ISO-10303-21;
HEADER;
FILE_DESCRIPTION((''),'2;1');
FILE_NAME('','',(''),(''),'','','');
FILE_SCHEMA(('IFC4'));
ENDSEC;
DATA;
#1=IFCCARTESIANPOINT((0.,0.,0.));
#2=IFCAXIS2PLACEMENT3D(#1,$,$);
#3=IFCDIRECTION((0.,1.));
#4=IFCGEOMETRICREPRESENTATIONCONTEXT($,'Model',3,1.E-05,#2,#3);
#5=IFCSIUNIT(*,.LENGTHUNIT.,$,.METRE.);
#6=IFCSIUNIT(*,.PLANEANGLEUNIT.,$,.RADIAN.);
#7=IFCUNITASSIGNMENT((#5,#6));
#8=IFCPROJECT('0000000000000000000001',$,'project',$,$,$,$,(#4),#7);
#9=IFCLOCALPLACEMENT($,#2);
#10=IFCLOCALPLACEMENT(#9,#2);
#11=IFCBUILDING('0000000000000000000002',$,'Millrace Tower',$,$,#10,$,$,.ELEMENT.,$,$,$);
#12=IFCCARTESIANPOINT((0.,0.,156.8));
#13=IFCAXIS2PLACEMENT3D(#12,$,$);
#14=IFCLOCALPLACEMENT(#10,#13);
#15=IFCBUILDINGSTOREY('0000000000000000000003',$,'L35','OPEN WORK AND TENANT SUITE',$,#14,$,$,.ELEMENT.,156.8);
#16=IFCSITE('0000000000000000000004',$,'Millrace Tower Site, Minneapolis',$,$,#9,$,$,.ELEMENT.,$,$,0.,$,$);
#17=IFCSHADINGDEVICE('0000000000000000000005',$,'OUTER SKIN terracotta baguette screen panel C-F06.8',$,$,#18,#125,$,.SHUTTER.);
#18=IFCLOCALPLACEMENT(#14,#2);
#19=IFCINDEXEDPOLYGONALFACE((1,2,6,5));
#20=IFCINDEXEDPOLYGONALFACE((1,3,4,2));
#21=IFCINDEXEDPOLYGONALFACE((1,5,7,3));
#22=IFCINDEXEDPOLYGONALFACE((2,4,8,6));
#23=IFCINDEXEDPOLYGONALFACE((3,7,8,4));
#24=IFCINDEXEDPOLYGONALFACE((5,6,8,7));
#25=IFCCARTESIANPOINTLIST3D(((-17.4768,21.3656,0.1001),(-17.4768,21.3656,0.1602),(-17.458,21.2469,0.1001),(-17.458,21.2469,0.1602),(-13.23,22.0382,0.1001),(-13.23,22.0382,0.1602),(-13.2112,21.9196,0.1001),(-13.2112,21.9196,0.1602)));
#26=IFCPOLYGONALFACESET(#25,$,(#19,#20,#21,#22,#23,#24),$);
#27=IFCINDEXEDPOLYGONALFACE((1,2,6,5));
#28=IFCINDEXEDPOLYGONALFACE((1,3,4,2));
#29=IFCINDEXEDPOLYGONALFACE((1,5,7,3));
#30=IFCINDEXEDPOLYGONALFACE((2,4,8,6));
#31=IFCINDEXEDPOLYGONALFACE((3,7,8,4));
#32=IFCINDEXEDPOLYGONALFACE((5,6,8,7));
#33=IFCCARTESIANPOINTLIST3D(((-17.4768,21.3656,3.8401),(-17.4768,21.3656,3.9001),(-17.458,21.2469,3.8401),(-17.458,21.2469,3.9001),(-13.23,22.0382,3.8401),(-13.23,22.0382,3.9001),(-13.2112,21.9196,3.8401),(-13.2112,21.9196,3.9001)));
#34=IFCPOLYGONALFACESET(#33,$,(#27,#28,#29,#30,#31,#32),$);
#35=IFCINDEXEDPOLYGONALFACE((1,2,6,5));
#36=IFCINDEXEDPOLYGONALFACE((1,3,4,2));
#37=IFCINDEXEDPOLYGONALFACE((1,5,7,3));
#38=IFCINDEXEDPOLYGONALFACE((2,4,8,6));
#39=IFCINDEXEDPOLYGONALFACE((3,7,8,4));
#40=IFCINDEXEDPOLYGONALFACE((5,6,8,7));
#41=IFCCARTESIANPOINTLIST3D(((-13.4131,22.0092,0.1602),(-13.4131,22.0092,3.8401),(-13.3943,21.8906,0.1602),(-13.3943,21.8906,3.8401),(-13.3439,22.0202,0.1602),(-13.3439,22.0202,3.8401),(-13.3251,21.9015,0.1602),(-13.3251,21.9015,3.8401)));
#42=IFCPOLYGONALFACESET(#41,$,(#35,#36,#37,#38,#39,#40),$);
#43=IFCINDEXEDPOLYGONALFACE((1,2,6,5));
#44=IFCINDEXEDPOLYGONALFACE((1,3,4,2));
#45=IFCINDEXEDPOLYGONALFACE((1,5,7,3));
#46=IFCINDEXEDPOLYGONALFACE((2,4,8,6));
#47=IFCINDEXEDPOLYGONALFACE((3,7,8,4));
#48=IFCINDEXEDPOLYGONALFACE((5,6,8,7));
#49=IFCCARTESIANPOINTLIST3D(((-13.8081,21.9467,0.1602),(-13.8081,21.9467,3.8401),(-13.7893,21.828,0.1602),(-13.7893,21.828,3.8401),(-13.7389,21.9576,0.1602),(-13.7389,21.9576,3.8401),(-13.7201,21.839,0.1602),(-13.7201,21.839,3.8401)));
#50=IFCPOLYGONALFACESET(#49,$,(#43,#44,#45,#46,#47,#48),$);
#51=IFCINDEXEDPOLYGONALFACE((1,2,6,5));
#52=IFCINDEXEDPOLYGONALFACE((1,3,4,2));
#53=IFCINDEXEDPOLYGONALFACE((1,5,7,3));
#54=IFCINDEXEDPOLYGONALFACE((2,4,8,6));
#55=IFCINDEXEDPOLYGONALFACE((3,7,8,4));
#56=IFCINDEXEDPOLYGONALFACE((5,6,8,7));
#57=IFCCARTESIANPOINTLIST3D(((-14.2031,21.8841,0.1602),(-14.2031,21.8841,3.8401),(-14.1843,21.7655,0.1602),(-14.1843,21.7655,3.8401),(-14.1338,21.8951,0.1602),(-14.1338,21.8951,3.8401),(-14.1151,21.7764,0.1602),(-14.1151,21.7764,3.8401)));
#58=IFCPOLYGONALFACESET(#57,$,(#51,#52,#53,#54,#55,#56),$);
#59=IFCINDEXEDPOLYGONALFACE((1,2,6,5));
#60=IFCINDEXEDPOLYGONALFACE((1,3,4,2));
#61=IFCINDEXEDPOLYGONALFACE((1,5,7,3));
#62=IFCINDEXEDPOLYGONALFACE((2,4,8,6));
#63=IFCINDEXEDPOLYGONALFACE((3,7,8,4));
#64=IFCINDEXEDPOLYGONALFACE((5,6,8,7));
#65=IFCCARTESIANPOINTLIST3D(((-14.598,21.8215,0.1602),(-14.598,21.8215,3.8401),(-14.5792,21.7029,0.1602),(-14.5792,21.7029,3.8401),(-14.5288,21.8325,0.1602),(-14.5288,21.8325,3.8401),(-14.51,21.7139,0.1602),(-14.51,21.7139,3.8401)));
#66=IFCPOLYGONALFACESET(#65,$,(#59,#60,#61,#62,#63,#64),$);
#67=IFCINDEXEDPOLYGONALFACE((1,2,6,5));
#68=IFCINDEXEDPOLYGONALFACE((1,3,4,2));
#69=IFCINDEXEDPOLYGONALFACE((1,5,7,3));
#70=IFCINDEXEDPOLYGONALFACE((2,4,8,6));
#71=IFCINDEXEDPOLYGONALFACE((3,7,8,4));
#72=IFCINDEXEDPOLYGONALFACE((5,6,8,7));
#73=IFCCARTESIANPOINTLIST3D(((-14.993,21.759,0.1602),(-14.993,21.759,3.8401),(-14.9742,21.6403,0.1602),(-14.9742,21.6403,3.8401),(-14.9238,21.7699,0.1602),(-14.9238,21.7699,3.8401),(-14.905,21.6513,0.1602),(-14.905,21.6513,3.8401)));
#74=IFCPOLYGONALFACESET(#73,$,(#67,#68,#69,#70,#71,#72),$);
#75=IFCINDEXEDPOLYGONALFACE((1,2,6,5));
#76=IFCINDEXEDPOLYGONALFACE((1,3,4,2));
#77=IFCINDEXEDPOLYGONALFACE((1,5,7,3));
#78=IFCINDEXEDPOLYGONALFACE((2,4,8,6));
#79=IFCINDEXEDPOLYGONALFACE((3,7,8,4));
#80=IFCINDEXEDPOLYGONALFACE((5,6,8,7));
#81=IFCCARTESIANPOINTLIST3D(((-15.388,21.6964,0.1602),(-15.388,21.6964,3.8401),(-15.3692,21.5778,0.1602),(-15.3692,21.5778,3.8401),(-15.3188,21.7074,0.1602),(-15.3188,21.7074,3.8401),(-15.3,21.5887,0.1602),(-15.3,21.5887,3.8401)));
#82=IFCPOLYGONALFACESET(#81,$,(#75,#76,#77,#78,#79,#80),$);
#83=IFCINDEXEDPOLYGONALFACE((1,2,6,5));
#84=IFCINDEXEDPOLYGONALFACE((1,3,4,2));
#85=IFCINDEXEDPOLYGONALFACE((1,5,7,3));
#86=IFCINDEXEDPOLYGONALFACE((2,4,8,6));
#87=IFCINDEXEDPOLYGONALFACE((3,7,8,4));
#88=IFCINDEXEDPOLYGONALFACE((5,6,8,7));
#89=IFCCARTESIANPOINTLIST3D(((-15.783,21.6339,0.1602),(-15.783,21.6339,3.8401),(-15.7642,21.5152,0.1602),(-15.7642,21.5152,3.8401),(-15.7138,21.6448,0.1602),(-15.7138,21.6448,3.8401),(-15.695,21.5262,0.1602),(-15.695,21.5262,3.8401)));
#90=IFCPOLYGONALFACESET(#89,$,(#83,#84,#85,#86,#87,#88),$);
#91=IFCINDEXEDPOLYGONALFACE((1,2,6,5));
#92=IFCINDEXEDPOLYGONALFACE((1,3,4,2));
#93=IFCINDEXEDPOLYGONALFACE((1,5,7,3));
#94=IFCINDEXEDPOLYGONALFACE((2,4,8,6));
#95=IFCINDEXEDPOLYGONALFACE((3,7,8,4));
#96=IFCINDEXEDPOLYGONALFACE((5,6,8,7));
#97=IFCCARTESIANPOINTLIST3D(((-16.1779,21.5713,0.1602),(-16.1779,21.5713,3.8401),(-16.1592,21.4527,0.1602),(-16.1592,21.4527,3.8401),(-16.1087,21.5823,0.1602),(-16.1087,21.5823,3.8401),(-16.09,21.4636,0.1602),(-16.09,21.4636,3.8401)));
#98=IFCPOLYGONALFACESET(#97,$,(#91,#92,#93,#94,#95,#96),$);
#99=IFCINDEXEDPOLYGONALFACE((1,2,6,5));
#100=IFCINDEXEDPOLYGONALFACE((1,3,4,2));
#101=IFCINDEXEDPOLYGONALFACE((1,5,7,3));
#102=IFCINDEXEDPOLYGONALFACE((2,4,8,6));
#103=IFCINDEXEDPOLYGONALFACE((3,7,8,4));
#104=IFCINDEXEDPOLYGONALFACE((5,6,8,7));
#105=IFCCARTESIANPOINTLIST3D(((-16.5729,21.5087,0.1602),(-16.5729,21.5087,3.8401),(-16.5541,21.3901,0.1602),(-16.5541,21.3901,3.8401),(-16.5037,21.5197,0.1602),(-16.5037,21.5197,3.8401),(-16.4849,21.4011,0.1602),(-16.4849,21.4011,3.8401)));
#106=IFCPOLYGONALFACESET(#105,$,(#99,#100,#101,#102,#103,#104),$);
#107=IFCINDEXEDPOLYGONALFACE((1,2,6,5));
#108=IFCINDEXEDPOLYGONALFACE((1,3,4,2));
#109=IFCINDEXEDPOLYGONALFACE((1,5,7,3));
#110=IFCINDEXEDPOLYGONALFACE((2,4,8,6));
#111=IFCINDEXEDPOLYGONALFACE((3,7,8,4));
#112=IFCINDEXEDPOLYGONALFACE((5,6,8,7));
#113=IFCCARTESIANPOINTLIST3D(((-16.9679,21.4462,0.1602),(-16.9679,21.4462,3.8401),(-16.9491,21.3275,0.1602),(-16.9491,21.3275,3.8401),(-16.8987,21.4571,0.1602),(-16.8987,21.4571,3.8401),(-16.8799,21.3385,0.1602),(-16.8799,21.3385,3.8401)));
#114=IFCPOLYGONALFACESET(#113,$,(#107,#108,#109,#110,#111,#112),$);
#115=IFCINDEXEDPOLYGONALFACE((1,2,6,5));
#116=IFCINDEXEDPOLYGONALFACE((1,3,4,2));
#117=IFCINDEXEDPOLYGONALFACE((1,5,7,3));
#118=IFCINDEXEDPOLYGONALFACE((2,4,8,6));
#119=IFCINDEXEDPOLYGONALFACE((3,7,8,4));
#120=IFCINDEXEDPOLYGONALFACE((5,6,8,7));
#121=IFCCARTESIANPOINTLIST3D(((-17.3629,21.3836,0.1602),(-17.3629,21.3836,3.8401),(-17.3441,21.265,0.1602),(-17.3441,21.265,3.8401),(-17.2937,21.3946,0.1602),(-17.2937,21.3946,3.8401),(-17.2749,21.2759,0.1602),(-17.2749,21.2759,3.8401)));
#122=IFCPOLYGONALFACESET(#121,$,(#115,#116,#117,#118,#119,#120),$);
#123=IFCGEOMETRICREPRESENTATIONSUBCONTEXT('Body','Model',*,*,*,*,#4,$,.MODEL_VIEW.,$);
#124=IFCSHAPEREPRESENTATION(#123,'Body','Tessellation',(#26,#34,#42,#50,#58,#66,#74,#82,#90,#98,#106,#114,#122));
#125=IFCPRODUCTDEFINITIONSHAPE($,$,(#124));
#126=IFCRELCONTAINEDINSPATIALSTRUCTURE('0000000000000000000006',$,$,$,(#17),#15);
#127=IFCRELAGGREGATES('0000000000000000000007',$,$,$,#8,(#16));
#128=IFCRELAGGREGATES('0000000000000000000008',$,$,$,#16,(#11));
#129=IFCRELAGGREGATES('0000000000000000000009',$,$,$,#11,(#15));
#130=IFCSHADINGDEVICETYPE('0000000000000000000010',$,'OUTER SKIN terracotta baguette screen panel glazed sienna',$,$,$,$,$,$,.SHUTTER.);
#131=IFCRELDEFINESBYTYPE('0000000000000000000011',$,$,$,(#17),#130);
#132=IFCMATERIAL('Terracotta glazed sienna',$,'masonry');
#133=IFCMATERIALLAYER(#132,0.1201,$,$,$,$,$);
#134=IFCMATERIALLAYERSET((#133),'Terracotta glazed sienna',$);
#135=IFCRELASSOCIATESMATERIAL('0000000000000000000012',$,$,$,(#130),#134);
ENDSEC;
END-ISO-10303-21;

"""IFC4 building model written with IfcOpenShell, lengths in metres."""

from ifc_helpers import new_model, entity, si_unit, direction, frame, frame_2d, origin, origin_2d, place, context, subcontext, project, spatial, rectangle, extrude, source, transform, mapped, material, layer, layer_set, type_object, element, save


model = new_model("IFC4")

# Units and contexts
model_context = context("Model", 3, precision=1e-05, world=origin(), true_north=direction((0.0, 1.0)))
body_context = subcontext(model_context, "Body", "Model", "MODEL_VIEW")
ifc_project = project(units=[si_unit("LENGTHUNIT", "METRE"), si_unit("PLANEANGLEUNIT", "RADIAN")], contexts=[model_context])

# Site, building, storey
site_placement = place(None, origin())
site = spatial("IfcSite", under=ifc_project, at=site_placement, Name="Millrace Tower Site, Minneapolis", CompositionType="ELEMENT", RefElevation=0.0)
building_placement = place(site_placement, origin())
building = spatial("IfcBuilding", under=site, at=building_placement, Name="Millrace Tower", CompositionType="ELEMENT")
storey_placement = place(building_placement, frame((0.0, 0.0, 156.8)))
storey = spatial("IfcBuildingStorey", under=building, at=storey_placement, Name="L35", Description="OPEN WORK AND TENANT SUITE", CompositionType="ELEMENT", Elevation=156.8)

# Shading device
ifc_material_1 = material(Name="Terracotta glazed sienna", Category="masonry")
ifc_layer_1 = layer(ifc_material_1, 0.1201)
ifc_layer_set_1 = layer_set([ifc_layer_1], Name="Terracotta glazed sienna")
shading_device_type = type_object("IfcShadingDeviceType", Name="OUTER SKIN terracotta baguette screen panel glazed sienna", PredefinedType="SHUTTER", material=ifc_layer_set_1)
cartesian_point_1 = entity("IfcCartesianPoint", [-2.1499, 0.0601])
shared_polyline_1 = entity("IfcPolyline", [cartesian_point_1, entity("IfcCartesianPoint", [2.1499, 0.0601]), entity("IfcCartesianPoint", [2.1499, -0.0601]), entity("IfcCartesianPoint", [-2.1499, -0.0601]), cartesian_point_1])
shared_shape_1 = source(origin(), body_context, "Body", "SweptSolid", [
    entity("IfcExtrudedAreaSolid", entity("IfcArbitraryClosedProfileDef", "AREA", None, shared_polyline_1), entity("IfcAxis2Placement3D", entity("IfcCartesianPoint", [0.0, 0.0, 0.0])), entity("IfcDirection", [0.0, 0.0, 1.0]), 0.0601),
    entity("IfcExtrudedAreaSolid", entity("IfcArbitraryClosedProfileDef", "AREA", None, shared_polyline_1), entity("IfcAxis2Placement3D", entity("IfcCartesianPoint", [0.0, 0.0, 3.74])), entity("IfcDirection", [0.0, 0.0, 1.0]), 0.0601),
    extrude(rectangle(XDim=0.0701, YDim=0.1201, at=frame_2d((-1.9995, 0.0))), frame((0.0, 0.0, 0.0601)), (0.0, 0.0, 1.0), 3.6799),
    extrude(rectangle(XDim=0.0701, YDim=0.1201, at=frame_2d((-1.5996, 0.0))), frame((0.0, 0.0, 0.0601)), (0.0, 0.0, 1.0), 3.6799),
    extrude(rectangle(XDim=0.0701, YDim=0.1201, at=frame_2d((-1.1997, 0.0))), frame((0.0, 0.0, 0.0601)), (0.0, 0.0, 1.0), 3.6799),
    extrude(rectangle(XDim=0.0701, YDim=0.1201, at=frame_2d((-0.7998, 0.0))), frame((0.0, 0.0, 0.0601)), (0.0, 0.0, 1.0), 3.6799),
    extrude(rectangle(XDim=0.0701, YDim=0.1201, at=frame_2d((-0.3999, 0.0))), frame((0.0, 0.0, 0.0601)), (0.0, 0.0, 1.0), 3.6799),
    extrude(rectangle(XDim=0.0701, YDim=0.1201, at=origin_2d()), frame((0.0, 0.0, 0.0601)), (0.0, 0.0, 1.0), 3.6799),
    extrude(rectangle(XDim=0.0701, YDim=0.1201, at=frame_2d((0.3999, 0.0))), frame((0.0, 0.0, 0.0601)), (0.0, 0.0, 1.0), 3.6799),
    extrude(rectangle(XDim=0.0701, YDim=0.1201, at=frame_2d((0.7998, 0.0))), frame((0.0, 0.0, 0.0601)), (0.0, 0.0, 1.0), 3.6799),
    extrude(rectangle(XDim=0.0701, YDim=0.1201, at=frame_2d((1.1997, 0.0))), frame((0.0, 0.0, 0.0601)), (0.0, 0.0, 1.0), 3.6799),
    extrude(rectangle(XDim=0.0701, YDim=0.1201, at=frame_2d((1.5996, 0.0))), frame((0.0, 0.0, 0.0601)), (0.0, 0.0, 1.0), 3.6799),
    extrude(rectangle(XDim=0.0701, YDim=0.1201, at=frame_2d((1.9995, 0.0))), frame((0.0, 0.0, 0.0601)), (0.0, 0.0, 1.0), 3.6799),
])
shading_device_1_placement = place(storey_placement, frame((-15.344, 21.6426, 0.1001), z_axis=(0.0, 0.0, 1.0), x_axis=(-0.987688, -0.156434, 0.0)))
element("IfcShadingDevice", 1, at=shading_device_1_placement, inside=storey, type_object=shading_device_type, Name="OUTER SKIN terracotta baguette screen panel C-F06.8", PredefinedType="SHUTTER", context=body_context, shape_type="MappedRepresentation", body=[
    mapped(shared_shape_1, transform((0.0, 0.0, 0.0), scale=1.0)),
])

save(model, "model.ifc")
